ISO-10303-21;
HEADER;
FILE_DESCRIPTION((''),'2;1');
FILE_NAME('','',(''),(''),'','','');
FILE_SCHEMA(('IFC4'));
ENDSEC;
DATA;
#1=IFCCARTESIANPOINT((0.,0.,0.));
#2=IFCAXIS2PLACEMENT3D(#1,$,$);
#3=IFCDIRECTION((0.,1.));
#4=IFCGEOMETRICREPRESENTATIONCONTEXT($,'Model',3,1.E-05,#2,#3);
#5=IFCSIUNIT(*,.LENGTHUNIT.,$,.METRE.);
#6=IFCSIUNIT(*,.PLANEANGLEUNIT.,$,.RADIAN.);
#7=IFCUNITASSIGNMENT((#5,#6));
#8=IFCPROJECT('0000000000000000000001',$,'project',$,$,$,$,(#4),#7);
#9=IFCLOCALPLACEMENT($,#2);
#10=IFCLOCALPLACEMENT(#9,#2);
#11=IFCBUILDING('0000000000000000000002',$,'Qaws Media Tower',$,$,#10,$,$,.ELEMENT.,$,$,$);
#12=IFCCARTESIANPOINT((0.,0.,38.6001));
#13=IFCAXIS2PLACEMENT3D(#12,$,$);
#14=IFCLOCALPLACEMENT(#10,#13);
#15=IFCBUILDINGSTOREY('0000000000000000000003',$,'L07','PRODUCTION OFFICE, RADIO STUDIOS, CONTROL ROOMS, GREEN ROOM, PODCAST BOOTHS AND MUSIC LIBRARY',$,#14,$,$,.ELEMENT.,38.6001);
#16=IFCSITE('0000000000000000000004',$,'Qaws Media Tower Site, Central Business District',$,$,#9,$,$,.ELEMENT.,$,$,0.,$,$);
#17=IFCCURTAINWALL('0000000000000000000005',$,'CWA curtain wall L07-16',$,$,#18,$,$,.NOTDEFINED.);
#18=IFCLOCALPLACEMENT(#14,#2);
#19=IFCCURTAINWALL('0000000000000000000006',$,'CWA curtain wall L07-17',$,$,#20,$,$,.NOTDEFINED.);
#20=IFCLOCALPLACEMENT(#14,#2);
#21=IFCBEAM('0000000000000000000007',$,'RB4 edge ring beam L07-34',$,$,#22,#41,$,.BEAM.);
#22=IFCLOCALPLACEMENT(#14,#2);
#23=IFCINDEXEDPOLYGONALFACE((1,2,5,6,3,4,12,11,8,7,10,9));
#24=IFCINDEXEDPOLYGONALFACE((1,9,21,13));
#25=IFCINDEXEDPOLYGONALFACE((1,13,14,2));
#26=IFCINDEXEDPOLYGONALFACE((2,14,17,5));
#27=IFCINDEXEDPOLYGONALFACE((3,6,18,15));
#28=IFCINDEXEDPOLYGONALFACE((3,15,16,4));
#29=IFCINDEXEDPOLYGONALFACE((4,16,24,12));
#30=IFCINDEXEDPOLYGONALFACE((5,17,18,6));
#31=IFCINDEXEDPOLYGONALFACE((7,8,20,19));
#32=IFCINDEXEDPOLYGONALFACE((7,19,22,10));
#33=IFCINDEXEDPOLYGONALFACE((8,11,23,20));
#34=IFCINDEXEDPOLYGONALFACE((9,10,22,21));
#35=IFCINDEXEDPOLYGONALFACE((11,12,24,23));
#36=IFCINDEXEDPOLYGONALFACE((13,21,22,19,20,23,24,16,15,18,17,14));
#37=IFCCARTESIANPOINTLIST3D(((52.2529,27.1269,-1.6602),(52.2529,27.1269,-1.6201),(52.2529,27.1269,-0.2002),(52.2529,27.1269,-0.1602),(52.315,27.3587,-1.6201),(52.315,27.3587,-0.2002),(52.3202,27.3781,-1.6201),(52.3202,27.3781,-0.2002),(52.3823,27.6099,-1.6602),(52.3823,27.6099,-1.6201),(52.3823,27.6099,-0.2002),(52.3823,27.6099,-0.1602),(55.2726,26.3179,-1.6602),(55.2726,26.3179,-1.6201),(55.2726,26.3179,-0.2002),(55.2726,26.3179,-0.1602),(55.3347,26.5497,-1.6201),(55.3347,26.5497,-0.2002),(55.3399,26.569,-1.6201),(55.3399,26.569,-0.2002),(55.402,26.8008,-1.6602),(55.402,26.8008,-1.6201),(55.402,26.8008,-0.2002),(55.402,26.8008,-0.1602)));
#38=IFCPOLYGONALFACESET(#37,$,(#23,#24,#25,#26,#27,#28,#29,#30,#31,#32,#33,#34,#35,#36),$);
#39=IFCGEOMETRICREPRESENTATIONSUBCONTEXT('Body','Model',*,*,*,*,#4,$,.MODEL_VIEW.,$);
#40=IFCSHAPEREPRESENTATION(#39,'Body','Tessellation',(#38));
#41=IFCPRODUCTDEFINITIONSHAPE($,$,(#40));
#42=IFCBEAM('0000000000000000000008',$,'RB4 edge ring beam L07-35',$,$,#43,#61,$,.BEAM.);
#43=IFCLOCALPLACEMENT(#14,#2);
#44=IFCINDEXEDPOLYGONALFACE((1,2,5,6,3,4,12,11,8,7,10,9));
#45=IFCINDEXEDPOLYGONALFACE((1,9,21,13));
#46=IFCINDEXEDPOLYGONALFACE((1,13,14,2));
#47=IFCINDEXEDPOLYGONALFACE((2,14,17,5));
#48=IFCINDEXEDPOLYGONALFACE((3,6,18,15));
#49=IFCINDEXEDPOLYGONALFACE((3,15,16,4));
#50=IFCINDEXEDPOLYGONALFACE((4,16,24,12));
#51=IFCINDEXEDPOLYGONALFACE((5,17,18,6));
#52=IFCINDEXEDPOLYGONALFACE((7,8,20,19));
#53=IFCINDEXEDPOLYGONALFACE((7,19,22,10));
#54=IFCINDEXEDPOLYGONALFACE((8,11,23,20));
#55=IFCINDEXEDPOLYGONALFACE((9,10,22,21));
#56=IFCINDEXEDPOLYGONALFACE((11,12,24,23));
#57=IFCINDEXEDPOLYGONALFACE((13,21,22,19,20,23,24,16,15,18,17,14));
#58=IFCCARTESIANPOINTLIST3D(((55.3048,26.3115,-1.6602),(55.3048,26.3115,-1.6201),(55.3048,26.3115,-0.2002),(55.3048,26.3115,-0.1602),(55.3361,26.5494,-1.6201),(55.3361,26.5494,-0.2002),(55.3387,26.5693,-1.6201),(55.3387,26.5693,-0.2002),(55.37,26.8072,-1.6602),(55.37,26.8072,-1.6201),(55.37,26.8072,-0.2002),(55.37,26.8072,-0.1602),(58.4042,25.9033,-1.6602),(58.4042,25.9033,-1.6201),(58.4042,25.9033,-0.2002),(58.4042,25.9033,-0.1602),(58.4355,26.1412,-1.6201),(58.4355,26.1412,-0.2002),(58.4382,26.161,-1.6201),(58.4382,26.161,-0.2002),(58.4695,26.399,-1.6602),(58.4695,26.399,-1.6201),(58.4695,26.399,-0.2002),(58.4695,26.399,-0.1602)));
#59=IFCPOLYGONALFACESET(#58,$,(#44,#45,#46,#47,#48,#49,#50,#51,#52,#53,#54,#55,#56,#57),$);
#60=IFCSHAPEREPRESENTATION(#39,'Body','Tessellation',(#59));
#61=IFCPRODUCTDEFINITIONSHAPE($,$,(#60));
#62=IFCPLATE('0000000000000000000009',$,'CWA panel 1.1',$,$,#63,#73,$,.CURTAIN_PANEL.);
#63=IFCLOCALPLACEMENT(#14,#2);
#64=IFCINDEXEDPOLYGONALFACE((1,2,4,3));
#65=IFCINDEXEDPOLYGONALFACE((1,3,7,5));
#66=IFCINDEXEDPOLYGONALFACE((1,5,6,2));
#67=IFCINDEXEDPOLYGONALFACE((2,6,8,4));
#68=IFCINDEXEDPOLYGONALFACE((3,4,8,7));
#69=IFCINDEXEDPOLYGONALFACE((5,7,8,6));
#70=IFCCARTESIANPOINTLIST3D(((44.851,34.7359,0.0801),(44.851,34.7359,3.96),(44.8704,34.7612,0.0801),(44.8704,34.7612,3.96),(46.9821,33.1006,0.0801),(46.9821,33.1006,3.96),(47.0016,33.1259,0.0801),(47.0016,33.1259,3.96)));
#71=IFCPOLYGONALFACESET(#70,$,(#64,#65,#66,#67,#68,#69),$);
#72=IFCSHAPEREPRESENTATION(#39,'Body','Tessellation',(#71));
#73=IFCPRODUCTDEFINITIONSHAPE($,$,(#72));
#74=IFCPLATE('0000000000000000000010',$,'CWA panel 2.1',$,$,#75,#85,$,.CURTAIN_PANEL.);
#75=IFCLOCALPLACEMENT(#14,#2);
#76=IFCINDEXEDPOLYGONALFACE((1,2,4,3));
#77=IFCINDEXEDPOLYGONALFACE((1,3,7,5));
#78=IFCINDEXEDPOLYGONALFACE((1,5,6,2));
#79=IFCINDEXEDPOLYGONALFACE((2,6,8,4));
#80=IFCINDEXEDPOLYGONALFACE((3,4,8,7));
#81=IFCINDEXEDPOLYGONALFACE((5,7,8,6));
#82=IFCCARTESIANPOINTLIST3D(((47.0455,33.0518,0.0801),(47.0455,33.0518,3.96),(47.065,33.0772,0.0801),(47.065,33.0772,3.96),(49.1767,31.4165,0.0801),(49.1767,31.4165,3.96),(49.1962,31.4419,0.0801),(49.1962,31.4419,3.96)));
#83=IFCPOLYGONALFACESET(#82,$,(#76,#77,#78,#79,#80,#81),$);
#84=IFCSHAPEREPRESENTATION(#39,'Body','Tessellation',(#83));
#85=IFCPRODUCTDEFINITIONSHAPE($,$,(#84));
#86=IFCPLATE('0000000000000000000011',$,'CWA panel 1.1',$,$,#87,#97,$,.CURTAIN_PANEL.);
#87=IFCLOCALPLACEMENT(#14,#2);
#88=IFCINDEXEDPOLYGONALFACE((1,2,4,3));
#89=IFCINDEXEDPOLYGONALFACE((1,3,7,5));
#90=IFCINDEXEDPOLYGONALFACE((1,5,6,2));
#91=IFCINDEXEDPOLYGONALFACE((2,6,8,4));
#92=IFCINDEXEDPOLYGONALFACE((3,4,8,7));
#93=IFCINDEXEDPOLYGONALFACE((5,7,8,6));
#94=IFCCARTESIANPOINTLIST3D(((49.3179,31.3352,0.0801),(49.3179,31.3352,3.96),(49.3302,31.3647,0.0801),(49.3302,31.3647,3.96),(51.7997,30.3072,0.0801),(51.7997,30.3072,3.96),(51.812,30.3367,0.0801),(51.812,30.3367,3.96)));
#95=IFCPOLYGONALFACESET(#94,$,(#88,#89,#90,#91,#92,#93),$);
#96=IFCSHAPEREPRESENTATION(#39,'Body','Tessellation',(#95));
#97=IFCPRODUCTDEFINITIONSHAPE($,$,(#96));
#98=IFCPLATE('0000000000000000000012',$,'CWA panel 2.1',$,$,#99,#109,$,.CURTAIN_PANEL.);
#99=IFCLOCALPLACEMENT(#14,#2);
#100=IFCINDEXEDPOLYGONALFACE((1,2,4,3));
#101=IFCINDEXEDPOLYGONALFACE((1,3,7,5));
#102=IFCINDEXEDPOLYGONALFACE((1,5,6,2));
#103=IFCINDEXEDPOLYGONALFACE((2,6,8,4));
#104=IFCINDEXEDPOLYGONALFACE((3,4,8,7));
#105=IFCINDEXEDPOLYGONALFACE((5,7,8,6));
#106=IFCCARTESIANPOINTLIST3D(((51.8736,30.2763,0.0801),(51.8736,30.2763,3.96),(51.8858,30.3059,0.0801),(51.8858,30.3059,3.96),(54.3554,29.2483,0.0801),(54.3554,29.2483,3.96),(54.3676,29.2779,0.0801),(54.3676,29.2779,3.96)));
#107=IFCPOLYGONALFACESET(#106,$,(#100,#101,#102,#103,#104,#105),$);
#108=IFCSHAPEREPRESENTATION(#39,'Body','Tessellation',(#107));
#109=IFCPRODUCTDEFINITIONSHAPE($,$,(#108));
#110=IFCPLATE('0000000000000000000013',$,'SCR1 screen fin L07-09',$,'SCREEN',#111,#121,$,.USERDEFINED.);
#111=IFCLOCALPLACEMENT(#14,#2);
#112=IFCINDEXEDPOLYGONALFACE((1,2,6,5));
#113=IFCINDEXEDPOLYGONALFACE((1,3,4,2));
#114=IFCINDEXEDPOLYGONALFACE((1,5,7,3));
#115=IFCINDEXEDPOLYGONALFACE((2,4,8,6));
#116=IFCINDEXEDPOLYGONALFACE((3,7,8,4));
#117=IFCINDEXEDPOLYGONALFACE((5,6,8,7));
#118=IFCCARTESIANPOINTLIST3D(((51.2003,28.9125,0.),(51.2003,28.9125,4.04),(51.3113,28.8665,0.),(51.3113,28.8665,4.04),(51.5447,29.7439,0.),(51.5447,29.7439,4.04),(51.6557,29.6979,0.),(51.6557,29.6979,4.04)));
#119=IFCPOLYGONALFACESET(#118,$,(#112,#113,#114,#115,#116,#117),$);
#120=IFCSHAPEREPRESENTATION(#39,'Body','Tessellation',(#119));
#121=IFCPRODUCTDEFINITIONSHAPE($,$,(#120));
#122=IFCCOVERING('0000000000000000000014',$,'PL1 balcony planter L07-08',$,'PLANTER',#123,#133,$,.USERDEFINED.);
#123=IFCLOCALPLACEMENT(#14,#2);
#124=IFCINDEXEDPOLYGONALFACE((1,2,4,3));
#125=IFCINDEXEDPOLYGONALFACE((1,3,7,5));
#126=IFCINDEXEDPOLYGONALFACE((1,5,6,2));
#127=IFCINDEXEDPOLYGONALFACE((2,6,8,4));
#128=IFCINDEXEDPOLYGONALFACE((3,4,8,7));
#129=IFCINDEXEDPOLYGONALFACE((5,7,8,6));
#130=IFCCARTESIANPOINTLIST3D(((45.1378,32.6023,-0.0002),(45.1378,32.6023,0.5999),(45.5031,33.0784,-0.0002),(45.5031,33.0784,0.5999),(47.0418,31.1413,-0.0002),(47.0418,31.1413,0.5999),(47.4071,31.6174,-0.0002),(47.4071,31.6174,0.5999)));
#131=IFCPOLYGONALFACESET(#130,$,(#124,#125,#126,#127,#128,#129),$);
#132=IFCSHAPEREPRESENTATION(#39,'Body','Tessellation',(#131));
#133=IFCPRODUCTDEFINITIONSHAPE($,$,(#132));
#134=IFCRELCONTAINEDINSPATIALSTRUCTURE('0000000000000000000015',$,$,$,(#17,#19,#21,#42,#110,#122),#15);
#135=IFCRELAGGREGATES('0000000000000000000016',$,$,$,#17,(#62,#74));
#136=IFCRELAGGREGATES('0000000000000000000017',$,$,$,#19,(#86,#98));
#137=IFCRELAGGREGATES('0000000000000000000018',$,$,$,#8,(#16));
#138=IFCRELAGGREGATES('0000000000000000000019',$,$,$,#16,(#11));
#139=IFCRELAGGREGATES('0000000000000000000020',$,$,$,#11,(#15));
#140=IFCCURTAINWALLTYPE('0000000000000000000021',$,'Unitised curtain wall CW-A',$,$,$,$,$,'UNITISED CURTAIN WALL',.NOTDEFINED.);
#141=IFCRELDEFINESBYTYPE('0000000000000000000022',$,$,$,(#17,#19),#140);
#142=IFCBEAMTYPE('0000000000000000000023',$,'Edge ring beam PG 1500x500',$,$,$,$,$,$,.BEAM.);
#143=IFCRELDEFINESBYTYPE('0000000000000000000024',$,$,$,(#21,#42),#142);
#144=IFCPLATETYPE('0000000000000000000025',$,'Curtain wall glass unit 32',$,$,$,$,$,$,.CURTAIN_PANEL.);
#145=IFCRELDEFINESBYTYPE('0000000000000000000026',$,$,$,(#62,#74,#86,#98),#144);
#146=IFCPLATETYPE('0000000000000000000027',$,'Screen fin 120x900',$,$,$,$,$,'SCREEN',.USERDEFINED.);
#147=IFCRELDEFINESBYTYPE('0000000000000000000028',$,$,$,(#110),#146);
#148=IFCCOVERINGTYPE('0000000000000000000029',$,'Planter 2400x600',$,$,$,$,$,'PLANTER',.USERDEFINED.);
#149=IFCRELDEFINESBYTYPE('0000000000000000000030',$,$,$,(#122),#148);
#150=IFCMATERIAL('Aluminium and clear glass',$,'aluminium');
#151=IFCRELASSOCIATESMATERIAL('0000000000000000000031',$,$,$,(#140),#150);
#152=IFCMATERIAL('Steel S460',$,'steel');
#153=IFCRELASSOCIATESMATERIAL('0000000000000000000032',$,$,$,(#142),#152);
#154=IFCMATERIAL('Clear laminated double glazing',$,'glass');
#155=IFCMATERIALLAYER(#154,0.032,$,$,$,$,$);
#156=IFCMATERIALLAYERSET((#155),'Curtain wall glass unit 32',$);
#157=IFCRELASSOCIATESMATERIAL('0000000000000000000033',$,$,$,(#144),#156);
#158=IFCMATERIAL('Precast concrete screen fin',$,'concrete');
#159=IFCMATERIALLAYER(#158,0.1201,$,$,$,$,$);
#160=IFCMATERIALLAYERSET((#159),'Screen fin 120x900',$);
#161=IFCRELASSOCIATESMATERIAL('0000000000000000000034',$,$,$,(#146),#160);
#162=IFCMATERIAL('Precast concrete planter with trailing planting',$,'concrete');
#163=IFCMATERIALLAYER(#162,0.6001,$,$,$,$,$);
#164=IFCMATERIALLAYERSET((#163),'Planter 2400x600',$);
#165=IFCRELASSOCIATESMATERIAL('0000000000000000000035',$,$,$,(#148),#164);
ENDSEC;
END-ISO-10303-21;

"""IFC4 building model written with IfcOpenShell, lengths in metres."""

from ifc_helpers import new_model, si_unit, direction, frame, origin, origin_2d, place, context, subcontext, project, spatial, rectangle, i_section, extrude, material, layer, layer_set, material_profile, profile_set, type_object, element, aggregate, save


model = new_model("IFC4")

# Units and contexts
model_context = context("Model", 3, precision=1e-05, world=origin(), true_north=direction((0.0, 1.0)))
body_context = subcontext(model_context, "Body", "Model", "MODEL_VIEW")
ifc_project = project(units=[si_unit("LENGTHUNIT", "METRE"), si_unit("PLANEANGLEUNIT", "RADIAN")], contexts=[model_context])

# Site, building, storey
site_placement = place(None, origin())
site = spatial("IfcSite", under=ifc_project, at=site_placement, Name="Qaws Media Tower Site, Central Business District", CompositionType="ELEMENT", RefElevation=0.0)
building_placement = place(site_placement, origin())
building = spatial("IfcBuilding", under=site, at=building_placement, Name="Qaws Media Tower", CompositionType="ELEMENT")
storey_placement = place(building_placement, frame((0.0, 0.0, 38.6001)))
storey = spatial("IfcBuildingStorey", under=building, at=storey_placement, Name="L07", Description="PRODUCTION OFFICE, RADIO STUDIOS, CONTROL ROOMS, GREEN ROOM, PODCAST BOOTHS AND MUSIC LIBRARY", CompositionType="ELEMENT", Elevation=38.6001)

# Curtain walls
ifc_material_1 = material(Name="Aluminium and clear glass", Category="aluminium")
curtain_wall_type = type_object("IfcCurtainWallType", Name="Unitised curtain wall CW-A", ElementType="UNITISED CURTAIN WALL", PredefinedType="NOTDEFINED", material=ifc_material_1)
curtain_wall_1_placement = place(storey_placement, origin())
curtain_wall_1 = element("IfcCurtainWall", 1, at=curtain_wall_1_placement, inside=storey, type_object=curtain_wall_type, Name="CWA curtain wall L07-16", PredefinedType="NOTDEFINED")
curtain_wall_2_placement = place(storey_placement, origin())
curtain_wall_2 = element("IfcCurtainWall", 2, at=curtain_wall_2_placement, inside=storey, type_object=curtain_wall_type, Name="CWA curtain wall L07-17", PredefinedType="NOTDEFINED")

# Beams
ifc_material_2 = material(Name="Steel S460", Category="steel")
ifc_material_profile_1 = material_profile(ifc_material_2, i_section(OverallWidth=0.5, OverallDepth=1.5, WebThickness=0.02, FlangeThickness=0.04, at=origin_2d()), Name="PG 1500x500")
ifc_profile_set_1 = profile_set([ifc_material_profile_1], Name="Steel S460")
beam_type = type_object("IfcBeamType", Name="Edge ring beam PG 1500x500", PredefinedType="BEAM", material=ifc_profile_set_1)
for number, where, z_axis, x_axis, name in (
    (3, (52.3176, 27.3684, -0.9102), (0.965931, -0.2588, 0.0), (0.2588, 0.965931, 0.0), "RB4 edge ring beam L07-34"),
    (4, (55.3374, 26.5593, -0.9102), (0.991438, -0.130578, 0.0), (0.130578, 0.991438, 0.0), "RB4 edge ring beam L07-35"),
):
    element("IfcBeam", number, at=place(storey_placement, frame(where, z_axis=z_axis, x_axis=x_axis)), inside=storey, type_object=beam_type, Name=name, PredefinedType="BEAM", context=body_context, shape_type="SweptSolid", body=[
        extrude(i_section(OverallWidth=0.5, OverallDepth=1.5, WebThickness=0.02, FlangeThickness=0.04, at=origin_2d()), origin(), (0.0, 0.0, 1.0), 3.1262),
    ])

# Plates
ifc_material_3 = material(Name="Clear laminated double glazing", Category="glass")
ifc_layer_1 = layer(ifc_material_3, 0.032)
ifc_layer_set_1 = layer_set([ifc_layer_1], Name="Curtain wall glass unit 32")
plate_type_1 = type_object("IfcPlateType", Name="Curtain wall glass unit 32", PredefinedType="CURTAIN_PANEL", material=ifc_layer_set_1)
plate_1_placement = place(storey_placement, frame((45.9263, 33.9309, 0.0801), z_axis=(0.0, 0.0, 1.0), x_axis=(0.793353, -0.608761, 0.0)))
plate_1 = element("IfcPlate", 5, at=plate_1_placement, type_object=plate_type_1, Name="CWA panel 1.1", PredefinedType="CURTAIN_PANEL", context=body_context, shape_type="SweptSolid", body=[
    extrude(rectangle(XDim=2.6863, YDim=0.032, at=origin_2d()), origin(), (0.0, 0.0, 1.0), 3.8799),
])
plate_2_placement = place(storey_placement, frame((48.1208, 32.2468, 0.0801), z_axis=(0.0, 0.0, 1.0), x_axis=(0.793353, -0.608761, 0.0)))
plate_2 = element("IfcPlate", 6, at=plate_2_placement, type_object=plate_type_1, Name="CWA panel 2.1", PredefinedType="CURTAIN_PANEL", context=body_context, shape_type="SweptSolid", body=[
    extrude(rectangle(XDim=2.6863, YDim=0.032, at=origin_2d()), origin(), (0.0, 0.0, 1.0), 3.8799),
])
aggregate(curtain_wall_1, [plate_1, plate_2])
plate_3_placement = place(storey_placement, frame((50.5649, 30.8359, 0.0801), z_axis=(0.0, 0.0, 1.0), x_axis=(0.92388, -0.382683, 0.0)))
plate_3 = element("IfcPlate", 7, at=plate_3_placement, type_object=plate_type_1, Name="CWA panel 1.1", PredefinedType="CURTAIN_PANEL", context=body_context, shape_type="SweptSolid", body=[
    extrude(rectangle(XDim=2.6863, YDim=0.032, at=origin_2d()), origin(), (0.0, 0.0, 1.0), 3.8799),
])
plate_4_placement = place(storey_placement, frame((53.1206, 29.7771, 0.0801), z_axis=(0.0, 0.0, 1.0), x_axis=(0.92388, -0.382683, 0.0)))
plate_4 = element("IfcPlate", 8, at=plate_4_placement, type_object=plate_type_1, Name="CWA panel 2.1", PredefinedType="CURTAIN_PANEL", context=body_context, shape_type="SweptSolid", body=[
    extrude(rectangle(XDim=2.6863, YDim=0.032, at=origin_2d()), origin(), (0.0, 0.0, 1.0), 3.8799),
])
aggregate(curtain_wall_2, [plate_3, plate_4])
ifc_material_4 = material(Name="Precast concrete screen fin", Category="concrete")
ifc_layer_2 = layer(ifc_material_4, 0.1201)
ifc_layer_set_2 = layer_set([ifc_layer_2], Name="Screen fin 120x900")
plate_type_2 = type_object("IfcPlateType", Name="Screen fin 120x900", ElementType="SCREEN", PredefinedType="USERDEFINED", material=ifc_layer_set_2)
plate_5_placement = place(storey_placement, frame((51.428, 29.3052, 0.0), z_axis=(0.0, 0.0, 1.0), x_axis=(-0.382683, -0.92388, 0.0)))
element("IfcPlate", 9, at=plate_5_placement, inside=storey, type_object=plate_type_2, Name="SCR1 screen fin L07-09", ObjectType="SCREEN", PredefinedType="USERDEFINED", context=body_context, shape_type="SweptSolid", body=[
    extrude(rectangle(XDim=0.8999, YDim=0.1201, at=origin_2d()), origin(), (0.0, 0.0, 1.0), 4.04),
])

# Covering
ifc_material_5 = material(Name="Precast concrete planter with trailing planting", Category="concrete")
ifc_layer_3 = layer(ifc_material_5, 0.6001)
ifc_layer_set_3 = layer_set([ifc_layer_3], Name="Planter 2400x600")
covering_type = type_object("IfcCoveringType", Name="Planter 2400x600", ElementType="PLANTER", PredefinedType="USERDEFINED", material=ifc_layer_set_3)
covering_placement = place(storey_placement, frame((46.2725, 32.1099, -0.0002), z_axis=(0.0, 0.0, 1.0), x_axis=(0.793353, -0.608761, 0.0)))
element("IfcCovering", 10, at=covering_placement, inside=storey, type_object=covering_type, Name="PL1 balcony planter L07-08", ObjectType="PLANTER", PredefinedType="USERDEFINED", context=body_context, shape_type="SweptSolid", body=[
    extrude(rectangle(XDim=2.3999, YDim=0.6001, at=origin_2d()), origin(), (0.0, 0.0, 1.0), 0.6001),
])

save(model, "model.ifc")
